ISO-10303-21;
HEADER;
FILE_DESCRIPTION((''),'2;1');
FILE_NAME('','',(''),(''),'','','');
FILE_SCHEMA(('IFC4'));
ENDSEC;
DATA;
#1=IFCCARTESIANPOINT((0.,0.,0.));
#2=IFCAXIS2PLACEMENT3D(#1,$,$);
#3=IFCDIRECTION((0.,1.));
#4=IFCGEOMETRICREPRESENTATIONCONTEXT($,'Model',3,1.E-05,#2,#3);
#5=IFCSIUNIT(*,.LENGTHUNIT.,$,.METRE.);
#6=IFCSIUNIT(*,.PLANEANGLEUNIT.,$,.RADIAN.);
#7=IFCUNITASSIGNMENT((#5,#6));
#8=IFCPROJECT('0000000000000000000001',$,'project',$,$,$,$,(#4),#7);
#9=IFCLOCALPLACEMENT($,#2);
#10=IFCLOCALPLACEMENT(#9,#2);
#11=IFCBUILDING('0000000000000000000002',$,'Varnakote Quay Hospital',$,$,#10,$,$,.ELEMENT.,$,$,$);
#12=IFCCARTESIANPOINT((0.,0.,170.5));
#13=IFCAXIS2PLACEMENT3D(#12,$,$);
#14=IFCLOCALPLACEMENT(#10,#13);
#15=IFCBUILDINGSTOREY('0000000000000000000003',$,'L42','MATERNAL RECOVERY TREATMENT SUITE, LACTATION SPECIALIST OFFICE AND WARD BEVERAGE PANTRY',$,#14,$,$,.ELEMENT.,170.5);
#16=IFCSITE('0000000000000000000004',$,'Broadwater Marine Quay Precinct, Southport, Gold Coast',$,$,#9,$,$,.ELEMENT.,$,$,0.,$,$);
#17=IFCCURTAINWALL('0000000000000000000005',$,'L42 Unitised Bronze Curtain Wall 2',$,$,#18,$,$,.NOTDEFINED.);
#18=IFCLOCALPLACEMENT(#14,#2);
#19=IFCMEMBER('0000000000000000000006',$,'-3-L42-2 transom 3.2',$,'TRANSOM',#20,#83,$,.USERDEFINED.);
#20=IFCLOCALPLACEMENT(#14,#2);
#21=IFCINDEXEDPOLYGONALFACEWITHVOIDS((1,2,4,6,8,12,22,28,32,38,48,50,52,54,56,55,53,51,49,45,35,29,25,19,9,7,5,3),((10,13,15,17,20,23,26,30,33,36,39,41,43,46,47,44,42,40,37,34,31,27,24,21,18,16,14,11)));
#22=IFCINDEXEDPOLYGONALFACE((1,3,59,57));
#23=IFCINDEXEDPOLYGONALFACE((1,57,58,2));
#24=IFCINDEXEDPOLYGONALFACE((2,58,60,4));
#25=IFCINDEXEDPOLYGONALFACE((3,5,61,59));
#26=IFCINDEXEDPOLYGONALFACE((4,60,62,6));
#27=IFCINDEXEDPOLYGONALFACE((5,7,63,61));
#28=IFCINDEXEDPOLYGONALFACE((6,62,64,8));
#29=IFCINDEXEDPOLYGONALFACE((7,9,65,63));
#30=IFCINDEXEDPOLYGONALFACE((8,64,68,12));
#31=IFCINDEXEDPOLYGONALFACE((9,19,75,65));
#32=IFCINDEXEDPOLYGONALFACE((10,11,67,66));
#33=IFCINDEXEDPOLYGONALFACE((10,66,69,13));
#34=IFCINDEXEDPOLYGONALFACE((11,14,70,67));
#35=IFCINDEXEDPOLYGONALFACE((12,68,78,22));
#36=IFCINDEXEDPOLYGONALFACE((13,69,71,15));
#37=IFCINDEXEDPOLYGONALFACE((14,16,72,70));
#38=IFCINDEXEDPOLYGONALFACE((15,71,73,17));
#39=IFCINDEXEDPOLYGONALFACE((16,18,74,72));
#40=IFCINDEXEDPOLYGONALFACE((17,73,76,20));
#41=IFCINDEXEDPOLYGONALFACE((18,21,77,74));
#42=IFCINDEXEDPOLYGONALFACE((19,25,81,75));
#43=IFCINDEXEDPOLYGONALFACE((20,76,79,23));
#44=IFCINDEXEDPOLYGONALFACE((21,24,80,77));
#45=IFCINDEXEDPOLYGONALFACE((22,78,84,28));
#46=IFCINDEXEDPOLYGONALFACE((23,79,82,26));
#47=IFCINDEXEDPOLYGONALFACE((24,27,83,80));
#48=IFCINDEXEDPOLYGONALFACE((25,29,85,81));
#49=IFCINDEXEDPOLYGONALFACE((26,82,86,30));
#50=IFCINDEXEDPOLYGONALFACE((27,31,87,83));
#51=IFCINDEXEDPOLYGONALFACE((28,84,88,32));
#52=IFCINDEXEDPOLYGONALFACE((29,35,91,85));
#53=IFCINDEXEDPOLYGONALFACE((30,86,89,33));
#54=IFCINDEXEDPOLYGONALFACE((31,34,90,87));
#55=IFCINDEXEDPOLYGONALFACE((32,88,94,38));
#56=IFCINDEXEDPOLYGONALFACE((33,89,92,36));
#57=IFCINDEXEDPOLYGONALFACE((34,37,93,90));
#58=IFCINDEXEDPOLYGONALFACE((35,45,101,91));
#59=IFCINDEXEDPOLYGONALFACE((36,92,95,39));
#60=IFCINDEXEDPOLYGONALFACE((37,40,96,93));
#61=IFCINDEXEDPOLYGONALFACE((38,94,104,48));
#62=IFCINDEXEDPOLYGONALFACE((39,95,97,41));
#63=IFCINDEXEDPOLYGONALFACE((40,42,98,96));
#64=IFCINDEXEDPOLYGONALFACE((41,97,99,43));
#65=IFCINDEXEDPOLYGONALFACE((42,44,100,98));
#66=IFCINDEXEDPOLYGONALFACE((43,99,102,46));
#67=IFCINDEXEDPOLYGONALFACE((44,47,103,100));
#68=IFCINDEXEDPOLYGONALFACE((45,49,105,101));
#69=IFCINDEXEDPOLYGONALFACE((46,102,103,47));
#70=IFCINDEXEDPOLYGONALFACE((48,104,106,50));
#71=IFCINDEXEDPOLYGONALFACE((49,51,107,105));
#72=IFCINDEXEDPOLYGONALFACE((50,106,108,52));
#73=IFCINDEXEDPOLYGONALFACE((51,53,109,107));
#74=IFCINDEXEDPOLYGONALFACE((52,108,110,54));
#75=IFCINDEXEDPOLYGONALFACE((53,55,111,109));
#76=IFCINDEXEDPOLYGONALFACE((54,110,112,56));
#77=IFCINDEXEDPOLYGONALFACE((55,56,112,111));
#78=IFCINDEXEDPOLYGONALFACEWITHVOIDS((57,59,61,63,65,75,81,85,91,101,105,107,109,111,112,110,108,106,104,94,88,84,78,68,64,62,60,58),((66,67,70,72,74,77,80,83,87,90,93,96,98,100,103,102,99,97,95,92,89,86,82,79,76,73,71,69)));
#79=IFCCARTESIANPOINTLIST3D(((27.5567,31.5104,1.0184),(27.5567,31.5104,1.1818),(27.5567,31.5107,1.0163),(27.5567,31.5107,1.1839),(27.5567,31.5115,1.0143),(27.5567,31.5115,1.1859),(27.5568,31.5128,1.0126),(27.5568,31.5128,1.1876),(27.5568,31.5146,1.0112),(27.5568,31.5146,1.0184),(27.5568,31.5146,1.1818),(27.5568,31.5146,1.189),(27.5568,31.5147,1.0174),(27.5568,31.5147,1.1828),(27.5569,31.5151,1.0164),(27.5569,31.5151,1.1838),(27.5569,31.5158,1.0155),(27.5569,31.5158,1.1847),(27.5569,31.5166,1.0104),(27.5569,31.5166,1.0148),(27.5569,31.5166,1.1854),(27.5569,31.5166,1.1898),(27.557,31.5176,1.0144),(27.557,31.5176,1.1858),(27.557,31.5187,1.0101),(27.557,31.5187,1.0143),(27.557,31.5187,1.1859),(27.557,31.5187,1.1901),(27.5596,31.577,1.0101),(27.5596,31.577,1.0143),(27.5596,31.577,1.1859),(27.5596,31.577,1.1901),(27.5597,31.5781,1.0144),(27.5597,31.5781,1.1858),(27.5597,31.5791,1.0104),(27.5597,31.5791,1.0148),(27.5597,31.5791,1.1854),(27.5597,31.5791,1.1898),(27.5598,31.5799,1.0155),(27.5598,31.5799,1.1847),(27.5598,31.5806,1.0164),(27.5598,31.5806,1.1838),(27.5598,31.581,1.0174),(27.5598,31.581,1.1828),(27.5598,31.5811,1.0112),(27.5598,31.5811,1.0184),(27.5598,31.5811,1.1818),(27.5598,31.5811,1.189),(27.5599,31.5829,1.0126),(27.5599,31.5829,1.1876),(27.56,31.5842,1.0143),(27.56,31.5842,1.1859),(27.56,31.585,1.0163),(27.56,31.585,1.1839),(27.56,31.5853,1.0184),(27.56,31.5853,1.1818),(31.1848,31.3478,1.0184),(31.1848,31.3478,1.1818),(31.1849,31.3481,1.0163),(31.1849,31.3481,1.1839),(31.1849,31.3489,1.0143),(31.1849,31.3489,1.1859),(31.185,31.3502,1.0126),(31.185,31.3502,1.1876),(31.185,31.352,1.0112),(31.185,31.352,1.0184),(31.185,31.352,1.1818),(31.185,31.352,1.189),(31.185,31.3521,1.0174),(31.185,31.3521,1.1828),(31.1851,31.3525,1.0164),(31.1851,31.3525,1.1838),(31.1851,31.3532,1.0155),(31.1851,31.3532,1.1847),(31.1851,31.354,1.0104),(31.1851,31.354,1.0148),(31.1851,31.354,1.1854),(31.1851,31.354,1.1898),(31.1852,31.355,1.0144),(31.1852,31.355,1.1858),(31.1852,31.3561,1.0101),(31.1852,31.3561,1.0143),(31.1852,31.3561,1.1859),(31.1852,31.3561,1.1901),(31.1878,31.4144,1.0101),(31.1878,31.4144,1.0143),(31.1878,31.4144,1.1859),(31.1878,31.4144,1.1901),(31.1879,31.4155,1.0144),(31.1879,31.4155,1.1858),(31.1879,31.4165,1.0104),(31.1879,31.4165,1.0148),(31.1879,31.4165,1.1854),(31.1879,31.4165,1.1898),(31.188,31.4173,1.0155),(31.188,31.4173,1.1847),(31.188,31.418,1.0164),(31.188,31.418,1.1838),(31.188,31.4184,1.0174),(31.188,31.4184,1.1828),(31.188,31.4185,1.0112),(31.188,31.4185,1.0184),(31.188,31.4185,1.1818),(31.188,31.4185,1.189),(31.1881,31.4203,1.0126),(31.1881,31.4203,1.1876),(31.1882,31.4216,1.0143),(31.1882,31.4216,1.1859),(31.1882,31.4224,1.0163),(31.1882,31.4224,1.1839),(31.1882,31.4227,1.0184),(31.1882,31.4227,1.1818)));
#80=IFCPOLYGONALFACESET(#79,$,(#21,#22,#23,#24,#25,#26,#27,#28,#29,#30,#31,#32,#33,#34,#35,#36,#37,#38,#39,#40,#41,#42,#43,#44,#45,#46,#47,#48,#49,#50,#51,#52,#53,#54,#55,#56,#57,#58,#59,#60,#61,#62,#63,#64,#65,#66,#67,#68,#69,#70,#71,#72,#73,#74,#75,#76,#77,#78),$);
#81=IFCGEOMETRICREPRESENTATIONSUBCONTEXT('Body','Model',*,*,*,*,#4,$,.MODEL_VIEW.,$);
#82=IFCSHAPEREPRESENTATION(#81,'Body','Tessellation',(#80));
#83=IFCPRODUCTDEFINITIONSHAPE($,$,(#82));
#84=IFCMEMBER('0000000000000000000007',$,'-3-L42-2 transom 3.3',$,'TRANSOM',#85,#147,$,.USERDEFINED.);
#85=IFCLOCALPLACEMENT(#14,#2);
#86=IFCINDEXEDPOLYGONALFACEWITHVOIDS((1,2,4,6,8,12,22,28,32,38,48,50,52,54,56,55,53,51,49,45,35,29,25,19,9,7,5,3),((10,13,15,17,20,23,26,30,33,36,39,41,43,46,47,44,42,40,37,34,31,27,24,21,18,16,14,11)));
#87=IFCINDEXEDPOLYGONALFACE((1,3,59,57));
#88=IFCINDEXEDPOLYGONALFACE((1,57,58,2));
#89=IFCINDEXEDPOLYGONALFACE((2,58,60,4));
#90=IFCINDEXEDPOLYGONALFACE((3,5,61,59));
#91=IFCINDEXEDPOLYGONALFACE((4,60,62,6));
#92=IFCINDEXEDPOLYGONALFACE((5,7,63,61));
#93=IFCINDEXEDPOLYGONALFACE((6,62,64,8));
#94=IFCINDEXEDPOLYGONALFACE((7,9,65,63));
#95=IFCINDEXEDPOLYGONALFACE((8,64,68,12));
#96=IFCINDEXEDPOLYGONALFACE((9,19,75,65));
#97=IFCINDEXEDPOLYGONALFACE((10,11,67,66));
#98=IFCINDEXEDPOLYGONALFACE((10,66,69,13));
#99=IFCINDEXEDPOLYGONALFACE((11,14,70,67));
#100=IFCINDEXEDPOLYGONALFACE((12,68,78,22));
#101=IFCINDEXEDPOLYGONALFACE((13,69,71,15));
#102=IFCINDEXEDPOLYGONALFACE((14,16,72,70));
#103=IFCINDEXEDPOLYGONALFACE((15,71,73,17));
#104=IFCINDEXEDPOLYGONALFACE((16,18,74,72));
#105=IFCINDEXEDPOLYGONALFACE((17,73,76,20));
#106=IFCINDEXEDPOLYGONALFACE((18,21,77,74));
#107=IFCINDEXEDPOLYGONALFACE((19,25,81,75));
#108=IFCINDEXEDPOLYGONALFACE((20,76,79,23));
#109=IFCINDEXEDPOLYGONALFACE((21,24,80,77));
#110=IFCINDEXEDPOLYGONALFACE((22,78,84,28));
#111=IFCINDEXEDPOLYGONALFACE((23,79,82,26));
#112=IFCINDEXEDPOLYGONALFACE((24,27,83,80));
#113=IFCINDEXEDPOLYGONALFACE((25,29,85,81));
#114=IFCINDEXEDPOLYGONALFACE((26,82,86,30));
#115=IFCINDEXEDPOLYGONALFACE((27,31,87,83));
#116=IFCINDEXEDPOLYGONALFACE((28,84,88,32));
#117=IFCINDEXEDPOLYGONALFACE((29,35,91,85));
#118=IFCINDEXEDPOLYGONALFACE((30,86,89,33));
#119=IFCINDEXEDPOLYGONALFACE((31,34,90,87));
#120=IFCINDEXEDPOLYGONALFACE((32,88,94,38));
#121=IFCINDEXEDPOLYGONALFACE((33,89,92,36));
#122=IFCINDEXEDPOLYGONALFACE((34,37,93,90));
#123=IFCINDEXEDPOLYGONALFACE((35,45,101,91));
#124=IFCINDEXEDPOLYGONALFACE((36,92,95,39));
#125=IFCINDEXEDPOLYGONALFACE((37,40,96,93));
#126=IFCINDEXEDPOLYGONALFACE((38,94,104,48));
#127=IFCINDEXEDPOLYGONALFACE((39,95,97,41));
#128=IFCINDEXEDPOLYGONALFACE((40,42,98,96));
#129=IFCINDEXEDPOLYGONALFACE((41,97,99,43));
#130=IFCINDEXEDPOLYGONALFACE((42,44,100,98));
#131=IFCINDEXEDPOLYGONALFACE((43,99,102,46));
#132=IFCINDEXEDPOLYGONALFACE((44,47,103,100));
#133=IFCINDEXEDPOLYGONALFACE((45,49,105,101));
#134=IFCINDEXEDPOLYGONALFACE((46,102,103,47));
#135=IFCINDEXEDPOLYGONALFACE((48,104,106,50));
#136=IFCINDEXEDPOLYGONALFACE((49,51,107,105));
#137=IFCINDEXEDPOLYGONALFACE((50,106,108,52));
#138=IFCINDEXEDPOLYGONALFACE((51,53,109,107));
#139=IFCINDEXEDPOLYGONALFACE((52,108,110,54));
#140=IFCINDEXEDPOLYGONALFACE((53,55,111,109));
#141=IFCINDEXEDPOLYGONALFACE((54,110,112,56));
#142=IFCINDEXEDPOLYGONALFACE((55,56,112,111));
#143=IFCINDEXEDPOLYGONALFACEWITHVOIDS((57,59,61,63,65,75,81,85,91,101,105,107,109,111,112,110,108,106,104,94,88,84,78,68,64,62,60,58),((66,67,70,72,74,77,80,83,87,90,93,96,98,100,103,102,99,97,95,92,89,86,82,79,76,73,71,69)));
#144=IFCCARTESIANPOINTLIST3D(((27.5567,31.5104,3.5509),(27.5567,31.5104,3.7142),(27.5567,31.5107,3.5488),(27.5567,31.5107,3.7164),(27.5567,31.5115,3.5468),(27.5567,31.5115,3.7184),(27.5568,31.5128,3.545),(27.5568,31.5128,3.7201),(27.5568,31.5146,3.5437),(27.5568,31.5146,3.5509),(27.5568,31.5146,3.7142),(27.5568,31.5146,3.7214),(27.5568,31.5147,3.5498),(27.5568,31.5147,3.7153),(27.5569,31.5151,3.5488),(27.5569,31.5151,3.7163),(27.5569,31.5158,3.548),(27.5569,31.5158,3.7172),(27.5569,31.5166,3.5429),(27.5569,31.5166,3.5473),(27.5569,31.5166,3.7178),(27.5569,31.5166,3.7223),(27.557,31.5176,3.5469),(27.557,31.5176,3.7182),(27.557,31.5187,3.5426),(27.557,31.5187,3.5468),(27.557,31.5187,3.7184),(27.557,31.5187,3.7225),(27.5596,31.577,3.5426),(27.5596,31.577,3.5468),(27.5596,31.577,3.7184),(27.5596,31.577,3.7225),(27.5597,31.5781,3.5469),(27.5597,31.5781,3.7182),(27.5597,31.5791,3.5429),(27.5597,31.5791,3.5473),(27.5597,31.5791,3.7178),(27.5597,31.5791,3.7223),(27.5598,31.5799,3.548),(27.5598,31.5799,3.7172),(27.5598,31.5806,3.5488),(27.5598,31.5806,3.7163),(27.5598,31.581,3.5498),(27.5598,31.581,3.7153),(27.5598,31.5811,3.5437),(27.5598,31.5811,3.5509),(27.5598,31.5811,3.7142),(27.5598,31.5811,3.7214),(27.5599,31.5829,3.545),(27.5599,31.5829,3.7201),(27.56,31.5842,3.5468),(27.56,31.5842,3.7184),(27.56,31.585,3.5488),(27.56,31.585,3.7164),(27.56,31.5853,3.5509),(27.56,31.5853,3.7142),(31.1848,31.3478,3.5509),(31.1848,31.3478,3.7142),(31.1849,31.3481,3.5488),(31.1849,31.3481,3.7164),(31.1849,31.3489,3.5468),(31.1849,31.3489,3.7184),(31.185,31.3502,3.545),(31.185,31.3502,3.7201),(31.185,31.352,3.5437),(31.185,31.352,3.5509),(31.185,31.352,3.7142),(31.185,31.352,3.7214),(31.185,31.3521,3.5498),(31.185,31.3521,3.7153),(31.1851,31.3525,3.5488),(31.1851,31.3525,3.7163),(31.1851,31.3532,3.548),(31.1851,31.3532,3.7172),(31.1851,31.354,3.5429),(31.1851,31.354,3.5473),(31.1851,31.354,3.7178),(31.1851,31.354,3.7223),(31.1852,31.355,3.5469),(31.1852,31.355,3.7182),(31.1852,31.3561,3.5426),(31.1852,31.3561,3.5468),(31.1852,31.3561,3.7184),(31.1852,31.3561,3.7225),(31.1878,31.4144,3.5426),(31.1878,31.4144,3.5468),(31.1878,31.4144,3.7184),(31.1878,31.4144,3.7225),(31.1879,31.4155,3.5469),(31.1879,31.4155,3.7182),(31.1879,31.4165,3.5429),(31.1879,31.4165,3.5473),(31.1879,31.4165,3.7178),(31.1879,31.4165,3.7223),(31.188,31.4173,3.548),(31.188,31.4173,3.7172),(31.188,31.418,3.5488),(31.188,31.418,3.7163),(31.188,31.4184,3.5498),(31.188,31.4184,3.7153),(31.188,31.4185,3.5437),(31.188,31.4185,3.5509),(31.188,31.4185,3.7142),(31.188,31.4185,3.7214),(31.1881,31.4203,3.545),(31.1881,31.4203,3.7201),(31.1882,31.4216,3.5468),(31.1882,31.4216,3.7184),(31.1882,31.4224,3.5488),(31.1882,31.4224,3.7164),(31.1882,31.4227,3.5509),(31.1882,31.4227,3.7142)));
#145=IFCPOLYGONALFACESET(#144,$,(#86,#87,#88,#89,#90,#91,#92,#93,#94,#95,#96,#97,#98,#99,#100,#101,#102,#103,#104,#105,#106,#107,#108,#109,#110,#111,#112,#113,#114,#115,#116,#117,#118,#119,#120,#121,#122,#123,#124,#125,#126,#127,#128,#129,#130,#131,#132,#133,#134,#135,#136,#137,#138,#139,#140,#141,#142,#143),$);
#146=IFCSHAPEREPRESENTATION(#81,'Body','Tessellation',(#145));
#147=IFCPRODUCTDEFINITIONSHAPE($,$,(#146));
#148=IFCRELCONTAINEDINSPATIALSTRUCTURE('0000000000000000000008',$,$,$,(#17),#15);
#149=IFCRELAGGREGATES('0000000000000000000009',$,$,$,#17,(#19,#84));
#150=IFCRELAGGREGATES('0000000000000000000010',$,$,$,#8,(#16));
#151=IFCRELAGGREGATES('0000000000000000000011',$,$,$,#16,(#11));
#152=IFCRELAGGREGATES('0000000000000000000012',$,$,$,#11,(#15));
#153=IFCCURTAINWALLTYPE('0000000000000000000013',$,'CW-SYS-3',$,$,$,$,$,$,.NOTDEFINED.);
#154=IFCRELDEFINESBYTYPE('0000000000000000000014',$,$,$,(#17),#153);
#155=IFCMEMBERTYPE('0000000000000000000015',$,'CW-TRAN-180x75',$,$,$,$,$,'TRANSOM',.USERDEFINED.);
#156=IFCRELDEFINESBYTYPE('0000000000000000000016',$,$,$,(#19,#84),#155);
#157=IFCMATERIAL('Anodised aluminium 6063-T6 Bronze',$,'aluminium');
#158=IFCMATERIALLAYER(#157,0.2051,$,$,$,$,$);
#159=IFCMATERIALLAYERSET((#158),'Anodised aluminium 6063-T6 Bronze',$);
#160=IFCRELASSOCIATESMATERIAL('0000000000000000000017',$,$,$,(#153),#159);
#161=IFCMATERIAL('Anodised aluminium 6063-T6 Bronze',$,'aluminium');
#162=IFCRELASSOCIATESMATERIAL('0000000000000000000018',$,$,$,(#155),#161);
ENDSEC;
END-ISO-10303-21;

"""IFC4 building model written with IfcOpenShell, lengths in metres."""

from ifc_helpers import new_model, si_unit, direction, frame, origin, origin_2d, place, context, subcontext, project, spatial, hollow_rectangle, extrude, material, layer, layer_set, material_profile, profile_set, type_object, element, aggregate, save


model = new_model("IFC4")

# Units and contexts
model_context = context("Model", 3, precision=1e-05, world=origin(), true_north=direction((0.0, 1.0)))
body_context = subcontext(model_context, "Body", "Model", "MODEL_VIEW")
ifc_project = project(units=[si_unit("LENGTHUNIT", "METRE"), si_unit("PLANEANGLEUNIT", "RADIAN")], contexts=[model_context])

# Site, building, storey
site_placement = place(None, origin())
site = spatial("IfcSite", under=ifc_project, at=site_placement, Name="Broadwater Marine Quay Precinct, Southport, Gold Coast", CompositionType="ELEMENT", RefElevation=0.0)
building_placement = place(site_placement, origin())
building = spatial("IfcBuilding", under=site, at=building_placement, Name="Varnakote Quay Hospital", CompositionType="ELEMENT")
storey_placement = place(building_placement, frame((0.0, 0.0, 170.5)))
storey = spatial("IfcBuildingStorey", under=building, at=storey_placement, Name="L42", Description="MATERNAL RECOVERY TREATMENT SUITE, LACTATION SPECIALIST OFFICE AND WARD BEVERAGE PANTRY", CompositionType="ELEMENT", Elevation=170.5)

# Shared definitions
ifc_material_1 = material(Name="Anodised aluminium 6063-T6 Bronze", Category="aluminium")
ifc_layer_1 = layer(ifc_material_1, 0.2051)
ifc_layer_set_1 = layer_set([ifc_layer_1], Name="Anodised aluminium 6063-T6 Bronze")
curtain_wall_type = type_object("IfcCurtainWallType", Name="CW-SYS-3", PredefinedType="NOTDEFINED", material=ifc_layer_set_1)

# Curtain wall, members
curtain_wall_1_placement = place(storey_placement, origin())
curtain_wall_1 = element("IfcCurtainWall", 1, at=curtain_wall_1_placement, inside=storey, type_object=curtain_wall_type, Name="L42 Unitised Bronze Curtain Wall 2", PredefinedType="NOTDEFINED")
ifc_material_2 = material(Name="Anodised aluminium 6063-T6 Bronze", Category="aluminium")
ifc_material_profile_1 = material_profile(ifc_material_2, hollow_rectangle(XDim=0.075, YDim=0.1799, WallThickness=0.0042, InnerFilletRadius=0.0042, OuterFilletRadius=0.0083, at=origin_2d()), Name="CW-TRAN-180x75")
ifc_profile_set_1 = profile_set([ifc_material_profile_1], Name="Anodised aluminium 6063-T6 Bronze")
member_type_1 = type_object("IfcMemberType", Name="CW-TRAN-180x75", ElementType="TRANSOM", PredefinedType="USERDEFINED", material=ifc_profile_set_1)
member_1_placement = place(storey_placement, frame((31.1865, 31.3853, 1.1001), z_axis=(-0.998997, 0.04477, 0.0), x_axis=(-0.04477, -0.998997, 0.0)))
member_1 = element("IfcMember", 2, at=member_1_placement, type_object=member_type_1, Name="-3-L42-2 transom 3.2", ObjectType="TRANSOM", PredefinedType="USERDEFINED", context=body_context, shape_type="SweptSolid", body=[
    extrude(hollow_rectangle(XDim=0.075, YDim=0.1799, WallThickness=0.0042, InnerFilletRadius=0.0042, OuterFilletRadius=0.0083, at=origin_2d()), origin(), (0.0, 0.0, 1.0), 3.6318),
])
member_2_placement = place(storey_placement, frame((31.1865, 31.3853, 3.6326), z_axis=(-0.998997, 0.04477, 0.0), x_axis=(-0.04477, -0.998997, 0.0)))
member_2 = element("IfcMember", 3, at=member_2_placement, type_object=member_type_1, Name="-3-L42-2 transom 3.3", ObjectType="TRANSOM", PredefinedType="USERDEFINED", context=body_context, shape_type="SweptSolid", body=[
    extrude(hollow_rectangle(XDim=0.075, YDim=0.1799, WallThickness=0.0042, InnerFilletRadius=0.0042, OuterFilletRadius=0.0083, at=origin_2d()), origin(), (0.0, 0.0, 1.0), 3.6318),
])

aggregate(curtain_wall_1, [member_1, member_2])

save(model, "model.ifc")
